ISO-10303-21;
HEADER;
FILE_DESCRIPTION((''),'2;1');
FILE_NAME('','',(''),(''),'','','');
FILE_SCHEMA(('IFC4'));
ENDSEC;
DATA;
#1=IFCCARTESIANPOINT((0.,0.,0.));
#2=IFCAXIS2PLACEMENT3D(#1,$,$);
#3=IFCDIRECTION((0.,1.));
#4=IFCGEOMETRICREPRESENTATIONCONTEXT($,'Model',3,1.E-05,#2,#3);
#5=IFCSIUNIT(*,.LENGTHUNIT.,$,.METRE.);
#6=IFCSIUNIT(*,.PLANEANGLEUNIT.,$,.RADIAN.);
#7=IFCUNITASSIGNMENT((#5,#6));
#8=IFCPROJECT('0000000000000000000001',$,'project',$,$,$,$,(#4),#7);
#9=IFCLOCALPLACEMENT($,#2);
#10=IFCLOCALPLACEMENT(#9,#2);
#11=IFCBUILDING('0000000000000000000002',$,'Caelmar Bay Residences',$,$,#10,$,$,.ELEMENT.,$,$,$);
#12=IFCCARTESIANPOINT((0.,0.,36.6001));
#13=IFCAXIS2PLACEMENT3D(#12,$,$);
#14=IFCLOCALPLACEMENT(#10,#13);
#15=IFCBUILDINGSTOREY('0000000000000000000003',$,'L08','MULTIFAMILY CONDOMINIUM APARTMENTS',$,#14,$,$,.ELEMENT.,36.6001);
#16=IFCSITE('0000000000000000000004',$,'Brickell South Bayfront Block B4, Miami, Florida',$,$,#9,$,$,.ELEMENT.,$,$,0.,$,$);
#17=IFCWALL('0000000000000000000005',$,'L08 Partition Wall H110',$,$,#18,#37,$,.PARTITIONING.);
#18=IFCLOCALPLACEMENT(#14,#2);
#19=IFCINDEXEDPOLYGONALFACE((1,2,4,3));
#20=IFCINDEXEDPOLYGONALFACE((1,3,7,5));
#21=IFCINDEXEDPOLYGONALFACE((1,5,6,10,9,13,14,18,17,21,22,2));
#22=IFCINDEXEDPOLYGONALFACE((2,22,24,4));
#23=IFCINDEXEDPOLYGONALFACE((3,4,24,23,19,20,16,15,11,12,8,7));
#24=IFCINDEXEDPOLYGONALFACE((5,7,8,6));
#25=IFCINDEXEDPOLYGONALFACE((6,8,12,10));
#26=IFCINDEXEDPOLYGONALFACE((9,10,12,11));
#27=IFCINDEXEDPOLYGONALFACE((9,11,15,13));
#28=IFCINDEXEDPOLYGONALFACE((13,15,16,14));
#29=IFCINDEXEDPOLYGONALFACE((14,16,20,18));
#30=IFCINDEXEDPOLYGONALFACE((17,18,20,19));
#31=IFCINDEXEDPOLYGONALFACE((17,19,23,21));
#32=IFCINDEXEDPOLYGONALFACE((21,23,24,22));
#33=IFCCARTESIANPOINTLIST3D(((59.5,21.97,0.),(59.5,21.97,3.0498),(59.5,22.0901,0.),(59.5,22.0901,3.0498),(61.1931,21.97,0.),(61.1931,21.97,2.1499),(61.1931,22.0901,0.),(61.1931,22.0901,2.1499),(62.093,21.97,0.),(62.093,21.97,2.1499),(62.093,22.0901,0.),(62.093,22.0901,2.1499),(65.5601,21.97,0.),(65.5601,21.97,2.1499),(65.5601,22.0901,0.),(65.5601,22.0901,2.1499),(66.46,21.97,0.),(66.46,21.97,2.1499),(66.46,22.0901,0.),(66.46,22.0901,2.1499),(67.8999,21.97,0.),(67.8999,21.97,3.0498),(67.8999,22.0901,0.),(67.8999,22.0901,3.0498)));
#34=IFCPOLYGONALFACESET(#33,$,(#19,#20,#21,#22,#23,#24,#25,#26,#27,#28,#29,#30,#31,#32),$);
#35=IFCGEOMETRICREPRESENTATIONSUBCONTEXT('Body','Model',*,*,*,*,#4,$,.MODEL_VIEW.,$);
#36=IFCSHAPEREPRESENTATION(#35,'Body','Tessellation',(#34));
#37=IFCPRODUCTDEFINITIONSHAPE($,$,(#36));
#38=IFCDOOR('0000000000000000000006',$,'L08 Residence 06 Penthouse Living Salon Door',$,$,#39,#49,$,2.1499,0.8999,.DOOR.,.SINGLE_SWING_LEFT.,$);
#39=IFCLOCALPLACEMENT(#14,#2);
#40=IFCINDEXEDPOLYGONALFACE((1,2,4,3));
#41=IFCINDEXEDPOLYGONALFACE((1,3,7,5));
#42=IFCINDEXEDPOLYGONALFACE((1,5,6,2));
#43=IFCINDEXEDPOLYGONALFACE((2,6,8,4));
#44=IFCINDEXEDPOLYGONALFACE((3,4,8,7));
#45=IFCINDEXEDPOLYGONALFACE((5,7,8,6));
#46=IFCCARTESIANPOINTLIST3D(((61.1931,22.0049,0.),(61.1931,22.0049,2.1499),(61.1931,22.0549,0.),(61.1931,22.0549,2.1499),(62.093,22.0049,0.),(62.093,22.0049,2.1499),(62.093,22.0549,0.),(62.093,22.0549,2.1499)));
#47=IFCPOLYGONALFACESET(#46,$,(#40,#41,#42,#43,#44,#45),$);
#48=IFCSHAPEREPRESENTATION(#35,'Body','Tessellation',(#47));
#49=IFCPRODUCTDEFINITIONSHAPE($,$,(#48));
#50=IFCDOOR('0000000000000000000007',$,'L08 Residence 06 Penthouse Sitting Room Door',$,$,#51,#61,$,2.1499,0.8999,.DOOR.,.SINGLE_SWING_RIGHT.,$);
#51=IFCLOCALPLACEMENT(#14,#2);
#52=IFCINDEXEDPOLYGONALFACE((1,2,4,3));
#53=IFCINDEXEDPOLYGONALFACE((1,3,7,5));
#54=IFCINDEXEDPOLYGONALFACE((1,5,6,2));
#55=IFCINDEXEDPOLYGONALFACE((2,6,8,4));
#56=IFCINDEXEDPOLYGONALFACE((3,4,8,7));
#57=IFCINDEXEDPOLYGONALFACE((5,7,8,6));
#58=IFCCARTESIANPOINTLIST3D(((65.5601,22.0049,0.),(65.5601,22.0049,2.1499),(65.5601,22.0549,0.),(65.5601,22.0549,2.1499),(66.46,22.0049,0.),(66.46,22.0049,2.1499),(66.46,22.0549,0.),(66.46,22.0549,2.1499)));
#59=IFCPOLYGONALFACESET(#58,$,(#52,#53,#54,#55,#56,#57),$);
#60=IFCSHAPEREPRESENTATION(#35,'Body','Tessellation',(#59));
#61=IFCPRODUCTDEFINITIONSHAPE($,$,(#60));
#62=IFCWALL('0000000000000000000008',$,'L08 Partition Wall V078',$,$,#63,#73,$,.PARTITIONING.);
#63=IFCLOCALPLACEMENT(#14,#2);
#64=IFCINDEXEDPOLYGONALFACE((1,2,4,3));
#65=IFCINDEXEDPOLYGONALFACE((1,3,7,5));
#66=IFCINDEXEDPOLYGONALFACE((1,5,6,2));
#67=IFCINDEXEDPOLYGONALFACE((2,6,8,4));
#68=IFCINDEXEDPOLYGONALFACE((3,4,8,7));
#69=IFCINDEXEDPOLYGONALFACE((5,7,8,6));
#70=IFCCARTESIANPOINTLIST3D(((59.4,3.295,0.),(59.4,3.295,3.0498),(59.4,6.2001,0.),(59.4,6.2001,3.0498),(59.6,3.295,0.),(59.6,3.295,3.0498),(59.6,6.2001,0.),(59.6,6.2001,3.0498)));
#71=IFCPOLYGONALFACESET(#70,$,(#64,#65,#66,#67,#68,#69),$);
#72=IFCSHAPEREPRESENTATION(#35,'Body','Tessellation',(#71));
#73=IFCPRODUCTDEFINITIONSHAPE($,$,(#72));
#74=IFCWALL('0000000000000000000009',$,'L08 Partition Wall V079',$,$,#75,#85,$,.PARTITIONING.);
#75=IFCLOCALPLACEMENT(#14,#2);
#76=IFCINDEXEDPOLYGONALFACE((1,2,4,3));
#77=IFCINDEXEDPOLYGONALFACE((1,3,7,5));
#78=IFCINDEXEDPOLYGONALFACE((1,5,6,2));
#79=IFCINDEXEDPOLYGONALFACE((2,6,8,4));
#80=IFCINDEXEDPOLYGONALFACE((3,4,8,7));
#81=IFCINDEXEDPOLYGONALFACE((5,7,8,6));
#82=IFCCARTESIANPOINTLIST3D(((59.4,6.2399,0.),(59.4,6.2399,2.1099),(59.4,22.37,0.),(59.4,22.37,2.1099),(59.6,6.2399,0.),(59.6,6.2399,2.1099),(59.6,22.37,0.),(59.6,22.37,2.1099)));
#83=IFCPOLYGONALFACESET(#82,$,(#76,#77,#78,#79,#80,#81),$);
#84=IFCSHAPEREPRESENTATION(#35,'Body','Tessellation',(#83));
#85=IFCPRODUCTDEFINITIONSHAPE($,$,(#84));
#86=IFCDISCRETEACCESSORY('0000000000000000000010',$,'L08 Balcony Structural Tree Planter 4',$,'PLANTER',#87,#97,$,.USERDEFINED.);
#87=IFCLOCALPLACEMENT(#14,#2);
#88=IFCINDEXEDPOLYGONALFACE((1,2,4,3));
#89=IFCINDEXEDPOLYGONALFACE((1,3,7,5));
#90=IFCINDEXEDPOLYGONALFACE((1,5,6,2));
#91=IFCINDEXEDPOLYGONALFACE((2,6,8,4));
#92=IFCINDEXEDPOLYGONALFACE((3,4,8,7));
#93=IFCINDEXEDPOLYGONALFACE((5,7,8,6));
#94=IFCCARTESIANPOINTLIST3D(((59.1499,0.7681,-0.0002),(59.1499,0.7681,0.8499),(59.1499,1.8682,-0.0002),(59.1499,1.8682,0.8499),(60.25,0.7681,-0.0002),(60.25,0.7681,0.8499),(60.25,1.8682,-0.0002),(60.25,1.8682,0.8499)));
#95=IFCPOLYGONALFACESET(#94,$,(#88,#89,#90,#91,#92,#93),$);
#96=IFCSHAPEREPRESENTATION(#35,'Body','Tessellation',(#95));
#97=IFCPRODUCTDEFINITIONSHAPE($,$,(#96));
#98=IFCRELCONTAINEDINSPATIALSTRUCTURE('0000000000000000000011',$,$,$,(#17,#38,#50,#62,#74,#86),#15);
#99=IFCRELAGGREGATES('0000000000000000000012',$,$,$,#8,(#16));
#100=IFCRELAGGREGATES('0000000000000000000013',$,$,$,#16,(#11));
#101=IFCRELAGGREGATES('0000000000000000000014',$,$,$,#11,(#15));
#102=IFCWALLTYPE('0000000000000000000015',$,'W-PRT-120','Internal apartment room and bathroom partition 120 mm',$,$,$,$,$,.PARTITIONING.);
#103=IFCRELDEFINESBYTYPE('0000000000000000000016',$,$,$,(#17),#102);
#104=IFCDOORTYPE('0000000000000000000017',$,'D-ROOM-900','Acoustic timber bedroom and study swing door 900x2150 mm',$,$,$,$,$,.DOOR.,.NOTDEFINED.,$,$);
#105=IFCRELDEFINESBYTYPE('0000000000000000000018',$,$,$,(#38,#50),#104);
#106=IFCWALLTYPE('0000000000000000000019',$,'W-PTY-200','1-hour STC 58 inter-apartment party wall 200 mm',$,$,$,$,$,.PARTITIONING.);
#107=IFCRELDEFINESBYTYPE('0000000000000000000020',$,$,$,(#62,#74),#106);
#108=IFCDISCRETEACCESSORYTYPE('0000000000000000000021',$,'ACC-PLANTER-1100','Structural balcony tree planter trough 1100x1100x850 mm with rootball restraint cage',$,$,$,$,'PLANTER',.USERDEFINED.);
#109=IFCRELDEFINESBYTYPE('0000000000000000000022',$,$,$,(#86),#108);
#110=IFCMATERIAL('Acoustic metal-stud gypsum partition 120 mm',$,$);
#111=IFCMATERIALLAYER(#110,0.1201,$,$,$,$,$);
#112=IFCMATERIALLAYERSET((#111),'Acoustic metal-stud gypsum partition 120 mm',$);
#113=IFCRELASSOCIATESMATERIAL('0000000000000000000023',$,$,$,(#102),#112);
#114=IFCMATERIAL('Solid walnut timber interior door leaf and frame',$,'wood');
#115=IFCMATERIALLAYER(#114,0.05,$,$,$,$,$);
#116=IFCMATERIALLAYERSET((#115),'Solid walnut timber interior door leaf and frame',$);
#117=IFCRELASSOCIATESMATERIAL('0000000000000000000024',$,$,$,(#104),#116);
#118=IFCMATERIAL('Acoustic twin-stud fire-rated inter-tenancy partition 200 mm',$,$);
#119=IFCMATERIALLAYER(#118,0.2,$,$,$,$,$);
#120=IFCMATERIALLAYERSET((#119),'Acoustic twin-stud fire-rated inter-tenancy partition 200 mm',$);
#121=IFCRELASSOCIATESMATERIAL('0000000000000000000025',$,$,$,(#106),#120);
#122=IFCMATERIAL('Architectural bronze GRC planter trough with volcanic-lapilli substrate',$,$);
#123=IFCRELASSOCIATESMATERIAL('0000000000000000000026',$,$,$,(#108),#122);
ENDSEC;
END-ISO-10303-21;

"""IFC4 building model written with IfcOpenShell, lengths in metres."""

from ifc_helpers import new_model, si_unit, direction, frame, frame_2d, origin, origin_2d, place, context, subcontext, project, spatial, rectangle, extrude, material, layer, layer_set, type_object, element, fill, save


model = new_model("IFC4")

# Units and contexts
model_context = context("Model", 3, precision=1e-05, world=origin(), true_north=direction((0.0, 1.0)))
body_context = subcontext(model_context, "Body", "Model", "MODEL_VIEW")
ifc_project = project(units=[si_unit("LENGTHUNIT", "METRE"), si_unit("PLANEANGLEUNIT", "RADIAN")], contexts=[model_context])

# Site, building, storey
site_placement = place(None, origin())
site = spatial("IfcSite", under=ifc_project, at=site_placement, Name="Brickell South Bayfront Block B4, Miami, Florida", CompositionType="ELEMENT", RefElevation=0.0)
building_placement = place(site_placement, origin())
building = spatial("IfcBuilding", under=site, at=building_placement, Name="Caelmar Bay Residences", CompositionType="ELEMENT")
storey_placement = place(building_placement, frame((0.0, 0.0, 36.6001)))
storey = spatial("IfcBuildingStorey", under=building, at=storey_placement, Name="L08", Description="MULTIFAMILY CONDOMINIUM APARTMENTS", CompositionType="ELEMENT", Elevation=36.6001)

# Shared definitions
ifc_material_1 = material(Name="Acoustic metal-stud gypsum partition 120 mm")
ifc_layer_1 = layer(ifc_material_1, 0.1201)
ifc_layer_set_1 = layer_set([ifc_layer_1], Name="Acoustic metal-stud gypsum partition 120 mm")
wall_type_1 = type_object("IfcWallType", Name="W-PRT-120", Description="Internal apartment room and bathroom partition 120 mm", PredefinedType="PARTITIONING", material=ifc_layer_set_1)

# Shared definitions
ifc_material_2 = material(Name="Solid walnut timber interior door leaf and frame", Category="wood")
ifc_layer_2 = layer(ifc_material_2, 0.05)
ifc_layer_set_2 = layer_set([ifc_layer_2], Name="Solid walnut timber interior door leaf and frame")
door_type = type_object("IfcDoorType", Name="D-ROOM-900", Description="Acoustic timber bedroom and study swing door 900x2150 mm", OperationType="NOTDEFINED", PredefinedType="DOOR", material=ifc_layer_set_2)

# Wall, openings, doors
wall_1_placement = place(storey_placement, frame((59.5, 22.03, 0.0), z_axis=(0.0, 0.0, 1.0), x_axis=(1.0, 0.0, 0.0)))
wall_1 = element("IfcWall", 1, at=wall_1_placement, inside=storey, type_object=wall_type_1, Name="L08 Partition Wall H110", PredefinedType="PARTITIONING", context=body_context, shape_type="SweptSolid", body=[
    extrude(rectangle(XDim=8.3999, YDim=0.1201, at=frame_2d((4.2, 0.0))), origin(), (0.0, 0.0, 1.0), 3.0498),
])
opening_1_placement = place(wall_1_placement, frame((1.6931, 0.0, 0.0)))
opening_1 = element("IfcOpeningElement", 2, at=opening_1_placement, cuts=wall_1, PredefinedType="OPENING", context=body_context, shape_type="SweptSolid", body=[
    extrude(rectangle(XDim=0.8999, YDim=2.1499, at=frame_2d((0.45, 1.075))), frame((0.0, 0.0701, 0.0), z_axis=(0.0, -1.0, 0.0), x_axis=(1.0, 0.0, 0.0)), (0.0, 0.0, 1.0), 0.1401),
])
opening_2_placement = place(wall_1_placement, frame((6.0601, 0.0, 0.0)))
opening_2 = element("IfcOpeningElement", 3, at=opening_2_placement, cuts=wall_1, PredefinedType="OPENING", context=body_context, shape_type="SweptSolid", body=[
    extrude(rectangle(XDim=0.8999, YDim=2.1499, at=frame_2d((0.45, 1.075))), frame((0.0, 0.0701, 0.0), z_axis=(0.0, -1.0, 0.0), x_axis=(1.0, 0.0, 0.0)), (0.0, 0.0, 1.0), 0.1401),
])
door_1_placement = place(opening_1_placement, origin())
door_1 = element("IfcDoor", 4, at=door_1_placement, inside=storey, type_object=door_type, Name="L08 Residence 06 Penthouse Living Salon Door", OperationType="SINGLE_SWING_LEFT", OverallHeight=2.1499, OverallWidth=0.8999, PredefinedType="DOOR", context=body_context, shape_type="SweptSolid", body=[
    extrude(rectangle(XDim=0.8999, YDim=2.1499, at=frame_2d((0.45, 1.075))), frame((0.0, 0.0249, 0.0), z_axis=(0.0, -1.0, 0.0), x_axis=(1.0, 0.0, 0.0)), (0.0, 0.0, 1.0), 0.05),
])
fill(opening_1, door_1)
door_2_placement = place(opening_2_placement, origin())
door_2 = element("IfcDoor", 5, at=door_2_placement, inside=storey, type_object=door_type, Name="L08 Residence 06 Penthouse Sitting Room Door", OperationType="SINGLE_SWING_RIGHT", OverallHeight=2.1499, OverallWidth=0.8999, PredefinedType="DOOR", context=body_context, shape_type="SweptSolid", body=[
    extrude(rectangle(XDim=0.8999, YDim=2.1499, at=frame_2d((0.45, 1.075))), frame((0.0, 0.0249, 0.0), z_axis=(0.0, -1.0, 0.0), x_axis=(1.0, 0.0, 0.0)), (0.0, 0.0, 1.0), 0.05),
])
fill(opening_2, door_2)

# Walls
ifc_material_3 = material(Name="Acoustic twin-stud fire-rated inter-tenancy partition 200 mm")
ifc_layer_3 = layer(ifc_material_3, 0.2)
ifc_layer_set_3 = layer_set([ifc_layer_3], Name="Acoustic twin-stud fire-rated inter-tenancy partition 200 mm")
wall_type_2 = type_object("IfcWallType", Name="W-PTY-200", Description="1-hour STC 58 inter-apartment party wall 200 mm", PredefinedType="PARTITIONING", material=ifc_layer_set_3)
wall_2_placement = place(storey_placement, frame((59.5, 3.2949, 0.0), z_axis=(0.0, 0.0, 1.0), x_axis=(0.0, 1.0, 0.0)))
element("IfcWall", 6, at=wall_2_placement, inside=storey, type_object=wall_type_2, Name="L08 Partition Wall V078", PredefinedType="PARTITIONING", context=body_context, shape_type="SweptSolid", body=[
    extrude(rectangle(XDim=2.905, YDim=0.2, at=frame_2d((1.4526, 0.0))), origin(), (0.0, 0.0, 1.0), 3.0498),
])
wall_3_placement = place(storey_placement, frame((59.5, 6.24, 0.0), z_axis=(0.0, 0.0, 1.0), x_axis=(0.0, 1.0, 0.0)))
element("IfcWall", 7, at=wall_3_placement, inside=storey, type_object=wall_type_2, Name="L08 Partition Wall V079", PredefinedType="PARTITIONING", context=body_context, shape_type="SweptSolid", body=[
    extrude(rectangle(XDim=16.1301, YDim=0.2, at=frame_2d((8.0649, 0.0))), origin(), (0.0, 0.0, 1.0), 2.1099),
])

# Discrete accessory
ifc_material_4 = material(Name="Architectural bronze GRC planter trough with volcanic-lapilli substrate")
discrete_accessory_type = type_object("IfcDiscreteAccessoryType", Name="ACC-PLANTER-1100", Description="Structural balcony tree planter trough 1100x1100x850 mm with rootball restraint cage", ElementType="PLANTER", PredefinedType="USERDEFINED", material=ifc_material_4)
discrete_accessory_placement = place(storey_placement, frame((59.7, 1.3181, -0.0002), z_axis=(0.0, 0.0, 1.0), x_axis=(1.0, 0.0, 0.0)))
element("IfcDiscreteAccessory", 8, at=discrete_accessory_placement, inside=storey, type_object=discrete_accessory_type, Name="L08 Balcony Structural Tree Planter 4", ObjectType="PLANTER", PredefinedType="USERDEFINED", context=body_context, shape_type="SweptSolid", body=[
    extrude(rectangle(XDim=1.1001, YDim=1.1001, at=origin_2d()), origin(), (0.0, 0.0, 1.0), 0.8501),
])

save(model, "model.ifc")
